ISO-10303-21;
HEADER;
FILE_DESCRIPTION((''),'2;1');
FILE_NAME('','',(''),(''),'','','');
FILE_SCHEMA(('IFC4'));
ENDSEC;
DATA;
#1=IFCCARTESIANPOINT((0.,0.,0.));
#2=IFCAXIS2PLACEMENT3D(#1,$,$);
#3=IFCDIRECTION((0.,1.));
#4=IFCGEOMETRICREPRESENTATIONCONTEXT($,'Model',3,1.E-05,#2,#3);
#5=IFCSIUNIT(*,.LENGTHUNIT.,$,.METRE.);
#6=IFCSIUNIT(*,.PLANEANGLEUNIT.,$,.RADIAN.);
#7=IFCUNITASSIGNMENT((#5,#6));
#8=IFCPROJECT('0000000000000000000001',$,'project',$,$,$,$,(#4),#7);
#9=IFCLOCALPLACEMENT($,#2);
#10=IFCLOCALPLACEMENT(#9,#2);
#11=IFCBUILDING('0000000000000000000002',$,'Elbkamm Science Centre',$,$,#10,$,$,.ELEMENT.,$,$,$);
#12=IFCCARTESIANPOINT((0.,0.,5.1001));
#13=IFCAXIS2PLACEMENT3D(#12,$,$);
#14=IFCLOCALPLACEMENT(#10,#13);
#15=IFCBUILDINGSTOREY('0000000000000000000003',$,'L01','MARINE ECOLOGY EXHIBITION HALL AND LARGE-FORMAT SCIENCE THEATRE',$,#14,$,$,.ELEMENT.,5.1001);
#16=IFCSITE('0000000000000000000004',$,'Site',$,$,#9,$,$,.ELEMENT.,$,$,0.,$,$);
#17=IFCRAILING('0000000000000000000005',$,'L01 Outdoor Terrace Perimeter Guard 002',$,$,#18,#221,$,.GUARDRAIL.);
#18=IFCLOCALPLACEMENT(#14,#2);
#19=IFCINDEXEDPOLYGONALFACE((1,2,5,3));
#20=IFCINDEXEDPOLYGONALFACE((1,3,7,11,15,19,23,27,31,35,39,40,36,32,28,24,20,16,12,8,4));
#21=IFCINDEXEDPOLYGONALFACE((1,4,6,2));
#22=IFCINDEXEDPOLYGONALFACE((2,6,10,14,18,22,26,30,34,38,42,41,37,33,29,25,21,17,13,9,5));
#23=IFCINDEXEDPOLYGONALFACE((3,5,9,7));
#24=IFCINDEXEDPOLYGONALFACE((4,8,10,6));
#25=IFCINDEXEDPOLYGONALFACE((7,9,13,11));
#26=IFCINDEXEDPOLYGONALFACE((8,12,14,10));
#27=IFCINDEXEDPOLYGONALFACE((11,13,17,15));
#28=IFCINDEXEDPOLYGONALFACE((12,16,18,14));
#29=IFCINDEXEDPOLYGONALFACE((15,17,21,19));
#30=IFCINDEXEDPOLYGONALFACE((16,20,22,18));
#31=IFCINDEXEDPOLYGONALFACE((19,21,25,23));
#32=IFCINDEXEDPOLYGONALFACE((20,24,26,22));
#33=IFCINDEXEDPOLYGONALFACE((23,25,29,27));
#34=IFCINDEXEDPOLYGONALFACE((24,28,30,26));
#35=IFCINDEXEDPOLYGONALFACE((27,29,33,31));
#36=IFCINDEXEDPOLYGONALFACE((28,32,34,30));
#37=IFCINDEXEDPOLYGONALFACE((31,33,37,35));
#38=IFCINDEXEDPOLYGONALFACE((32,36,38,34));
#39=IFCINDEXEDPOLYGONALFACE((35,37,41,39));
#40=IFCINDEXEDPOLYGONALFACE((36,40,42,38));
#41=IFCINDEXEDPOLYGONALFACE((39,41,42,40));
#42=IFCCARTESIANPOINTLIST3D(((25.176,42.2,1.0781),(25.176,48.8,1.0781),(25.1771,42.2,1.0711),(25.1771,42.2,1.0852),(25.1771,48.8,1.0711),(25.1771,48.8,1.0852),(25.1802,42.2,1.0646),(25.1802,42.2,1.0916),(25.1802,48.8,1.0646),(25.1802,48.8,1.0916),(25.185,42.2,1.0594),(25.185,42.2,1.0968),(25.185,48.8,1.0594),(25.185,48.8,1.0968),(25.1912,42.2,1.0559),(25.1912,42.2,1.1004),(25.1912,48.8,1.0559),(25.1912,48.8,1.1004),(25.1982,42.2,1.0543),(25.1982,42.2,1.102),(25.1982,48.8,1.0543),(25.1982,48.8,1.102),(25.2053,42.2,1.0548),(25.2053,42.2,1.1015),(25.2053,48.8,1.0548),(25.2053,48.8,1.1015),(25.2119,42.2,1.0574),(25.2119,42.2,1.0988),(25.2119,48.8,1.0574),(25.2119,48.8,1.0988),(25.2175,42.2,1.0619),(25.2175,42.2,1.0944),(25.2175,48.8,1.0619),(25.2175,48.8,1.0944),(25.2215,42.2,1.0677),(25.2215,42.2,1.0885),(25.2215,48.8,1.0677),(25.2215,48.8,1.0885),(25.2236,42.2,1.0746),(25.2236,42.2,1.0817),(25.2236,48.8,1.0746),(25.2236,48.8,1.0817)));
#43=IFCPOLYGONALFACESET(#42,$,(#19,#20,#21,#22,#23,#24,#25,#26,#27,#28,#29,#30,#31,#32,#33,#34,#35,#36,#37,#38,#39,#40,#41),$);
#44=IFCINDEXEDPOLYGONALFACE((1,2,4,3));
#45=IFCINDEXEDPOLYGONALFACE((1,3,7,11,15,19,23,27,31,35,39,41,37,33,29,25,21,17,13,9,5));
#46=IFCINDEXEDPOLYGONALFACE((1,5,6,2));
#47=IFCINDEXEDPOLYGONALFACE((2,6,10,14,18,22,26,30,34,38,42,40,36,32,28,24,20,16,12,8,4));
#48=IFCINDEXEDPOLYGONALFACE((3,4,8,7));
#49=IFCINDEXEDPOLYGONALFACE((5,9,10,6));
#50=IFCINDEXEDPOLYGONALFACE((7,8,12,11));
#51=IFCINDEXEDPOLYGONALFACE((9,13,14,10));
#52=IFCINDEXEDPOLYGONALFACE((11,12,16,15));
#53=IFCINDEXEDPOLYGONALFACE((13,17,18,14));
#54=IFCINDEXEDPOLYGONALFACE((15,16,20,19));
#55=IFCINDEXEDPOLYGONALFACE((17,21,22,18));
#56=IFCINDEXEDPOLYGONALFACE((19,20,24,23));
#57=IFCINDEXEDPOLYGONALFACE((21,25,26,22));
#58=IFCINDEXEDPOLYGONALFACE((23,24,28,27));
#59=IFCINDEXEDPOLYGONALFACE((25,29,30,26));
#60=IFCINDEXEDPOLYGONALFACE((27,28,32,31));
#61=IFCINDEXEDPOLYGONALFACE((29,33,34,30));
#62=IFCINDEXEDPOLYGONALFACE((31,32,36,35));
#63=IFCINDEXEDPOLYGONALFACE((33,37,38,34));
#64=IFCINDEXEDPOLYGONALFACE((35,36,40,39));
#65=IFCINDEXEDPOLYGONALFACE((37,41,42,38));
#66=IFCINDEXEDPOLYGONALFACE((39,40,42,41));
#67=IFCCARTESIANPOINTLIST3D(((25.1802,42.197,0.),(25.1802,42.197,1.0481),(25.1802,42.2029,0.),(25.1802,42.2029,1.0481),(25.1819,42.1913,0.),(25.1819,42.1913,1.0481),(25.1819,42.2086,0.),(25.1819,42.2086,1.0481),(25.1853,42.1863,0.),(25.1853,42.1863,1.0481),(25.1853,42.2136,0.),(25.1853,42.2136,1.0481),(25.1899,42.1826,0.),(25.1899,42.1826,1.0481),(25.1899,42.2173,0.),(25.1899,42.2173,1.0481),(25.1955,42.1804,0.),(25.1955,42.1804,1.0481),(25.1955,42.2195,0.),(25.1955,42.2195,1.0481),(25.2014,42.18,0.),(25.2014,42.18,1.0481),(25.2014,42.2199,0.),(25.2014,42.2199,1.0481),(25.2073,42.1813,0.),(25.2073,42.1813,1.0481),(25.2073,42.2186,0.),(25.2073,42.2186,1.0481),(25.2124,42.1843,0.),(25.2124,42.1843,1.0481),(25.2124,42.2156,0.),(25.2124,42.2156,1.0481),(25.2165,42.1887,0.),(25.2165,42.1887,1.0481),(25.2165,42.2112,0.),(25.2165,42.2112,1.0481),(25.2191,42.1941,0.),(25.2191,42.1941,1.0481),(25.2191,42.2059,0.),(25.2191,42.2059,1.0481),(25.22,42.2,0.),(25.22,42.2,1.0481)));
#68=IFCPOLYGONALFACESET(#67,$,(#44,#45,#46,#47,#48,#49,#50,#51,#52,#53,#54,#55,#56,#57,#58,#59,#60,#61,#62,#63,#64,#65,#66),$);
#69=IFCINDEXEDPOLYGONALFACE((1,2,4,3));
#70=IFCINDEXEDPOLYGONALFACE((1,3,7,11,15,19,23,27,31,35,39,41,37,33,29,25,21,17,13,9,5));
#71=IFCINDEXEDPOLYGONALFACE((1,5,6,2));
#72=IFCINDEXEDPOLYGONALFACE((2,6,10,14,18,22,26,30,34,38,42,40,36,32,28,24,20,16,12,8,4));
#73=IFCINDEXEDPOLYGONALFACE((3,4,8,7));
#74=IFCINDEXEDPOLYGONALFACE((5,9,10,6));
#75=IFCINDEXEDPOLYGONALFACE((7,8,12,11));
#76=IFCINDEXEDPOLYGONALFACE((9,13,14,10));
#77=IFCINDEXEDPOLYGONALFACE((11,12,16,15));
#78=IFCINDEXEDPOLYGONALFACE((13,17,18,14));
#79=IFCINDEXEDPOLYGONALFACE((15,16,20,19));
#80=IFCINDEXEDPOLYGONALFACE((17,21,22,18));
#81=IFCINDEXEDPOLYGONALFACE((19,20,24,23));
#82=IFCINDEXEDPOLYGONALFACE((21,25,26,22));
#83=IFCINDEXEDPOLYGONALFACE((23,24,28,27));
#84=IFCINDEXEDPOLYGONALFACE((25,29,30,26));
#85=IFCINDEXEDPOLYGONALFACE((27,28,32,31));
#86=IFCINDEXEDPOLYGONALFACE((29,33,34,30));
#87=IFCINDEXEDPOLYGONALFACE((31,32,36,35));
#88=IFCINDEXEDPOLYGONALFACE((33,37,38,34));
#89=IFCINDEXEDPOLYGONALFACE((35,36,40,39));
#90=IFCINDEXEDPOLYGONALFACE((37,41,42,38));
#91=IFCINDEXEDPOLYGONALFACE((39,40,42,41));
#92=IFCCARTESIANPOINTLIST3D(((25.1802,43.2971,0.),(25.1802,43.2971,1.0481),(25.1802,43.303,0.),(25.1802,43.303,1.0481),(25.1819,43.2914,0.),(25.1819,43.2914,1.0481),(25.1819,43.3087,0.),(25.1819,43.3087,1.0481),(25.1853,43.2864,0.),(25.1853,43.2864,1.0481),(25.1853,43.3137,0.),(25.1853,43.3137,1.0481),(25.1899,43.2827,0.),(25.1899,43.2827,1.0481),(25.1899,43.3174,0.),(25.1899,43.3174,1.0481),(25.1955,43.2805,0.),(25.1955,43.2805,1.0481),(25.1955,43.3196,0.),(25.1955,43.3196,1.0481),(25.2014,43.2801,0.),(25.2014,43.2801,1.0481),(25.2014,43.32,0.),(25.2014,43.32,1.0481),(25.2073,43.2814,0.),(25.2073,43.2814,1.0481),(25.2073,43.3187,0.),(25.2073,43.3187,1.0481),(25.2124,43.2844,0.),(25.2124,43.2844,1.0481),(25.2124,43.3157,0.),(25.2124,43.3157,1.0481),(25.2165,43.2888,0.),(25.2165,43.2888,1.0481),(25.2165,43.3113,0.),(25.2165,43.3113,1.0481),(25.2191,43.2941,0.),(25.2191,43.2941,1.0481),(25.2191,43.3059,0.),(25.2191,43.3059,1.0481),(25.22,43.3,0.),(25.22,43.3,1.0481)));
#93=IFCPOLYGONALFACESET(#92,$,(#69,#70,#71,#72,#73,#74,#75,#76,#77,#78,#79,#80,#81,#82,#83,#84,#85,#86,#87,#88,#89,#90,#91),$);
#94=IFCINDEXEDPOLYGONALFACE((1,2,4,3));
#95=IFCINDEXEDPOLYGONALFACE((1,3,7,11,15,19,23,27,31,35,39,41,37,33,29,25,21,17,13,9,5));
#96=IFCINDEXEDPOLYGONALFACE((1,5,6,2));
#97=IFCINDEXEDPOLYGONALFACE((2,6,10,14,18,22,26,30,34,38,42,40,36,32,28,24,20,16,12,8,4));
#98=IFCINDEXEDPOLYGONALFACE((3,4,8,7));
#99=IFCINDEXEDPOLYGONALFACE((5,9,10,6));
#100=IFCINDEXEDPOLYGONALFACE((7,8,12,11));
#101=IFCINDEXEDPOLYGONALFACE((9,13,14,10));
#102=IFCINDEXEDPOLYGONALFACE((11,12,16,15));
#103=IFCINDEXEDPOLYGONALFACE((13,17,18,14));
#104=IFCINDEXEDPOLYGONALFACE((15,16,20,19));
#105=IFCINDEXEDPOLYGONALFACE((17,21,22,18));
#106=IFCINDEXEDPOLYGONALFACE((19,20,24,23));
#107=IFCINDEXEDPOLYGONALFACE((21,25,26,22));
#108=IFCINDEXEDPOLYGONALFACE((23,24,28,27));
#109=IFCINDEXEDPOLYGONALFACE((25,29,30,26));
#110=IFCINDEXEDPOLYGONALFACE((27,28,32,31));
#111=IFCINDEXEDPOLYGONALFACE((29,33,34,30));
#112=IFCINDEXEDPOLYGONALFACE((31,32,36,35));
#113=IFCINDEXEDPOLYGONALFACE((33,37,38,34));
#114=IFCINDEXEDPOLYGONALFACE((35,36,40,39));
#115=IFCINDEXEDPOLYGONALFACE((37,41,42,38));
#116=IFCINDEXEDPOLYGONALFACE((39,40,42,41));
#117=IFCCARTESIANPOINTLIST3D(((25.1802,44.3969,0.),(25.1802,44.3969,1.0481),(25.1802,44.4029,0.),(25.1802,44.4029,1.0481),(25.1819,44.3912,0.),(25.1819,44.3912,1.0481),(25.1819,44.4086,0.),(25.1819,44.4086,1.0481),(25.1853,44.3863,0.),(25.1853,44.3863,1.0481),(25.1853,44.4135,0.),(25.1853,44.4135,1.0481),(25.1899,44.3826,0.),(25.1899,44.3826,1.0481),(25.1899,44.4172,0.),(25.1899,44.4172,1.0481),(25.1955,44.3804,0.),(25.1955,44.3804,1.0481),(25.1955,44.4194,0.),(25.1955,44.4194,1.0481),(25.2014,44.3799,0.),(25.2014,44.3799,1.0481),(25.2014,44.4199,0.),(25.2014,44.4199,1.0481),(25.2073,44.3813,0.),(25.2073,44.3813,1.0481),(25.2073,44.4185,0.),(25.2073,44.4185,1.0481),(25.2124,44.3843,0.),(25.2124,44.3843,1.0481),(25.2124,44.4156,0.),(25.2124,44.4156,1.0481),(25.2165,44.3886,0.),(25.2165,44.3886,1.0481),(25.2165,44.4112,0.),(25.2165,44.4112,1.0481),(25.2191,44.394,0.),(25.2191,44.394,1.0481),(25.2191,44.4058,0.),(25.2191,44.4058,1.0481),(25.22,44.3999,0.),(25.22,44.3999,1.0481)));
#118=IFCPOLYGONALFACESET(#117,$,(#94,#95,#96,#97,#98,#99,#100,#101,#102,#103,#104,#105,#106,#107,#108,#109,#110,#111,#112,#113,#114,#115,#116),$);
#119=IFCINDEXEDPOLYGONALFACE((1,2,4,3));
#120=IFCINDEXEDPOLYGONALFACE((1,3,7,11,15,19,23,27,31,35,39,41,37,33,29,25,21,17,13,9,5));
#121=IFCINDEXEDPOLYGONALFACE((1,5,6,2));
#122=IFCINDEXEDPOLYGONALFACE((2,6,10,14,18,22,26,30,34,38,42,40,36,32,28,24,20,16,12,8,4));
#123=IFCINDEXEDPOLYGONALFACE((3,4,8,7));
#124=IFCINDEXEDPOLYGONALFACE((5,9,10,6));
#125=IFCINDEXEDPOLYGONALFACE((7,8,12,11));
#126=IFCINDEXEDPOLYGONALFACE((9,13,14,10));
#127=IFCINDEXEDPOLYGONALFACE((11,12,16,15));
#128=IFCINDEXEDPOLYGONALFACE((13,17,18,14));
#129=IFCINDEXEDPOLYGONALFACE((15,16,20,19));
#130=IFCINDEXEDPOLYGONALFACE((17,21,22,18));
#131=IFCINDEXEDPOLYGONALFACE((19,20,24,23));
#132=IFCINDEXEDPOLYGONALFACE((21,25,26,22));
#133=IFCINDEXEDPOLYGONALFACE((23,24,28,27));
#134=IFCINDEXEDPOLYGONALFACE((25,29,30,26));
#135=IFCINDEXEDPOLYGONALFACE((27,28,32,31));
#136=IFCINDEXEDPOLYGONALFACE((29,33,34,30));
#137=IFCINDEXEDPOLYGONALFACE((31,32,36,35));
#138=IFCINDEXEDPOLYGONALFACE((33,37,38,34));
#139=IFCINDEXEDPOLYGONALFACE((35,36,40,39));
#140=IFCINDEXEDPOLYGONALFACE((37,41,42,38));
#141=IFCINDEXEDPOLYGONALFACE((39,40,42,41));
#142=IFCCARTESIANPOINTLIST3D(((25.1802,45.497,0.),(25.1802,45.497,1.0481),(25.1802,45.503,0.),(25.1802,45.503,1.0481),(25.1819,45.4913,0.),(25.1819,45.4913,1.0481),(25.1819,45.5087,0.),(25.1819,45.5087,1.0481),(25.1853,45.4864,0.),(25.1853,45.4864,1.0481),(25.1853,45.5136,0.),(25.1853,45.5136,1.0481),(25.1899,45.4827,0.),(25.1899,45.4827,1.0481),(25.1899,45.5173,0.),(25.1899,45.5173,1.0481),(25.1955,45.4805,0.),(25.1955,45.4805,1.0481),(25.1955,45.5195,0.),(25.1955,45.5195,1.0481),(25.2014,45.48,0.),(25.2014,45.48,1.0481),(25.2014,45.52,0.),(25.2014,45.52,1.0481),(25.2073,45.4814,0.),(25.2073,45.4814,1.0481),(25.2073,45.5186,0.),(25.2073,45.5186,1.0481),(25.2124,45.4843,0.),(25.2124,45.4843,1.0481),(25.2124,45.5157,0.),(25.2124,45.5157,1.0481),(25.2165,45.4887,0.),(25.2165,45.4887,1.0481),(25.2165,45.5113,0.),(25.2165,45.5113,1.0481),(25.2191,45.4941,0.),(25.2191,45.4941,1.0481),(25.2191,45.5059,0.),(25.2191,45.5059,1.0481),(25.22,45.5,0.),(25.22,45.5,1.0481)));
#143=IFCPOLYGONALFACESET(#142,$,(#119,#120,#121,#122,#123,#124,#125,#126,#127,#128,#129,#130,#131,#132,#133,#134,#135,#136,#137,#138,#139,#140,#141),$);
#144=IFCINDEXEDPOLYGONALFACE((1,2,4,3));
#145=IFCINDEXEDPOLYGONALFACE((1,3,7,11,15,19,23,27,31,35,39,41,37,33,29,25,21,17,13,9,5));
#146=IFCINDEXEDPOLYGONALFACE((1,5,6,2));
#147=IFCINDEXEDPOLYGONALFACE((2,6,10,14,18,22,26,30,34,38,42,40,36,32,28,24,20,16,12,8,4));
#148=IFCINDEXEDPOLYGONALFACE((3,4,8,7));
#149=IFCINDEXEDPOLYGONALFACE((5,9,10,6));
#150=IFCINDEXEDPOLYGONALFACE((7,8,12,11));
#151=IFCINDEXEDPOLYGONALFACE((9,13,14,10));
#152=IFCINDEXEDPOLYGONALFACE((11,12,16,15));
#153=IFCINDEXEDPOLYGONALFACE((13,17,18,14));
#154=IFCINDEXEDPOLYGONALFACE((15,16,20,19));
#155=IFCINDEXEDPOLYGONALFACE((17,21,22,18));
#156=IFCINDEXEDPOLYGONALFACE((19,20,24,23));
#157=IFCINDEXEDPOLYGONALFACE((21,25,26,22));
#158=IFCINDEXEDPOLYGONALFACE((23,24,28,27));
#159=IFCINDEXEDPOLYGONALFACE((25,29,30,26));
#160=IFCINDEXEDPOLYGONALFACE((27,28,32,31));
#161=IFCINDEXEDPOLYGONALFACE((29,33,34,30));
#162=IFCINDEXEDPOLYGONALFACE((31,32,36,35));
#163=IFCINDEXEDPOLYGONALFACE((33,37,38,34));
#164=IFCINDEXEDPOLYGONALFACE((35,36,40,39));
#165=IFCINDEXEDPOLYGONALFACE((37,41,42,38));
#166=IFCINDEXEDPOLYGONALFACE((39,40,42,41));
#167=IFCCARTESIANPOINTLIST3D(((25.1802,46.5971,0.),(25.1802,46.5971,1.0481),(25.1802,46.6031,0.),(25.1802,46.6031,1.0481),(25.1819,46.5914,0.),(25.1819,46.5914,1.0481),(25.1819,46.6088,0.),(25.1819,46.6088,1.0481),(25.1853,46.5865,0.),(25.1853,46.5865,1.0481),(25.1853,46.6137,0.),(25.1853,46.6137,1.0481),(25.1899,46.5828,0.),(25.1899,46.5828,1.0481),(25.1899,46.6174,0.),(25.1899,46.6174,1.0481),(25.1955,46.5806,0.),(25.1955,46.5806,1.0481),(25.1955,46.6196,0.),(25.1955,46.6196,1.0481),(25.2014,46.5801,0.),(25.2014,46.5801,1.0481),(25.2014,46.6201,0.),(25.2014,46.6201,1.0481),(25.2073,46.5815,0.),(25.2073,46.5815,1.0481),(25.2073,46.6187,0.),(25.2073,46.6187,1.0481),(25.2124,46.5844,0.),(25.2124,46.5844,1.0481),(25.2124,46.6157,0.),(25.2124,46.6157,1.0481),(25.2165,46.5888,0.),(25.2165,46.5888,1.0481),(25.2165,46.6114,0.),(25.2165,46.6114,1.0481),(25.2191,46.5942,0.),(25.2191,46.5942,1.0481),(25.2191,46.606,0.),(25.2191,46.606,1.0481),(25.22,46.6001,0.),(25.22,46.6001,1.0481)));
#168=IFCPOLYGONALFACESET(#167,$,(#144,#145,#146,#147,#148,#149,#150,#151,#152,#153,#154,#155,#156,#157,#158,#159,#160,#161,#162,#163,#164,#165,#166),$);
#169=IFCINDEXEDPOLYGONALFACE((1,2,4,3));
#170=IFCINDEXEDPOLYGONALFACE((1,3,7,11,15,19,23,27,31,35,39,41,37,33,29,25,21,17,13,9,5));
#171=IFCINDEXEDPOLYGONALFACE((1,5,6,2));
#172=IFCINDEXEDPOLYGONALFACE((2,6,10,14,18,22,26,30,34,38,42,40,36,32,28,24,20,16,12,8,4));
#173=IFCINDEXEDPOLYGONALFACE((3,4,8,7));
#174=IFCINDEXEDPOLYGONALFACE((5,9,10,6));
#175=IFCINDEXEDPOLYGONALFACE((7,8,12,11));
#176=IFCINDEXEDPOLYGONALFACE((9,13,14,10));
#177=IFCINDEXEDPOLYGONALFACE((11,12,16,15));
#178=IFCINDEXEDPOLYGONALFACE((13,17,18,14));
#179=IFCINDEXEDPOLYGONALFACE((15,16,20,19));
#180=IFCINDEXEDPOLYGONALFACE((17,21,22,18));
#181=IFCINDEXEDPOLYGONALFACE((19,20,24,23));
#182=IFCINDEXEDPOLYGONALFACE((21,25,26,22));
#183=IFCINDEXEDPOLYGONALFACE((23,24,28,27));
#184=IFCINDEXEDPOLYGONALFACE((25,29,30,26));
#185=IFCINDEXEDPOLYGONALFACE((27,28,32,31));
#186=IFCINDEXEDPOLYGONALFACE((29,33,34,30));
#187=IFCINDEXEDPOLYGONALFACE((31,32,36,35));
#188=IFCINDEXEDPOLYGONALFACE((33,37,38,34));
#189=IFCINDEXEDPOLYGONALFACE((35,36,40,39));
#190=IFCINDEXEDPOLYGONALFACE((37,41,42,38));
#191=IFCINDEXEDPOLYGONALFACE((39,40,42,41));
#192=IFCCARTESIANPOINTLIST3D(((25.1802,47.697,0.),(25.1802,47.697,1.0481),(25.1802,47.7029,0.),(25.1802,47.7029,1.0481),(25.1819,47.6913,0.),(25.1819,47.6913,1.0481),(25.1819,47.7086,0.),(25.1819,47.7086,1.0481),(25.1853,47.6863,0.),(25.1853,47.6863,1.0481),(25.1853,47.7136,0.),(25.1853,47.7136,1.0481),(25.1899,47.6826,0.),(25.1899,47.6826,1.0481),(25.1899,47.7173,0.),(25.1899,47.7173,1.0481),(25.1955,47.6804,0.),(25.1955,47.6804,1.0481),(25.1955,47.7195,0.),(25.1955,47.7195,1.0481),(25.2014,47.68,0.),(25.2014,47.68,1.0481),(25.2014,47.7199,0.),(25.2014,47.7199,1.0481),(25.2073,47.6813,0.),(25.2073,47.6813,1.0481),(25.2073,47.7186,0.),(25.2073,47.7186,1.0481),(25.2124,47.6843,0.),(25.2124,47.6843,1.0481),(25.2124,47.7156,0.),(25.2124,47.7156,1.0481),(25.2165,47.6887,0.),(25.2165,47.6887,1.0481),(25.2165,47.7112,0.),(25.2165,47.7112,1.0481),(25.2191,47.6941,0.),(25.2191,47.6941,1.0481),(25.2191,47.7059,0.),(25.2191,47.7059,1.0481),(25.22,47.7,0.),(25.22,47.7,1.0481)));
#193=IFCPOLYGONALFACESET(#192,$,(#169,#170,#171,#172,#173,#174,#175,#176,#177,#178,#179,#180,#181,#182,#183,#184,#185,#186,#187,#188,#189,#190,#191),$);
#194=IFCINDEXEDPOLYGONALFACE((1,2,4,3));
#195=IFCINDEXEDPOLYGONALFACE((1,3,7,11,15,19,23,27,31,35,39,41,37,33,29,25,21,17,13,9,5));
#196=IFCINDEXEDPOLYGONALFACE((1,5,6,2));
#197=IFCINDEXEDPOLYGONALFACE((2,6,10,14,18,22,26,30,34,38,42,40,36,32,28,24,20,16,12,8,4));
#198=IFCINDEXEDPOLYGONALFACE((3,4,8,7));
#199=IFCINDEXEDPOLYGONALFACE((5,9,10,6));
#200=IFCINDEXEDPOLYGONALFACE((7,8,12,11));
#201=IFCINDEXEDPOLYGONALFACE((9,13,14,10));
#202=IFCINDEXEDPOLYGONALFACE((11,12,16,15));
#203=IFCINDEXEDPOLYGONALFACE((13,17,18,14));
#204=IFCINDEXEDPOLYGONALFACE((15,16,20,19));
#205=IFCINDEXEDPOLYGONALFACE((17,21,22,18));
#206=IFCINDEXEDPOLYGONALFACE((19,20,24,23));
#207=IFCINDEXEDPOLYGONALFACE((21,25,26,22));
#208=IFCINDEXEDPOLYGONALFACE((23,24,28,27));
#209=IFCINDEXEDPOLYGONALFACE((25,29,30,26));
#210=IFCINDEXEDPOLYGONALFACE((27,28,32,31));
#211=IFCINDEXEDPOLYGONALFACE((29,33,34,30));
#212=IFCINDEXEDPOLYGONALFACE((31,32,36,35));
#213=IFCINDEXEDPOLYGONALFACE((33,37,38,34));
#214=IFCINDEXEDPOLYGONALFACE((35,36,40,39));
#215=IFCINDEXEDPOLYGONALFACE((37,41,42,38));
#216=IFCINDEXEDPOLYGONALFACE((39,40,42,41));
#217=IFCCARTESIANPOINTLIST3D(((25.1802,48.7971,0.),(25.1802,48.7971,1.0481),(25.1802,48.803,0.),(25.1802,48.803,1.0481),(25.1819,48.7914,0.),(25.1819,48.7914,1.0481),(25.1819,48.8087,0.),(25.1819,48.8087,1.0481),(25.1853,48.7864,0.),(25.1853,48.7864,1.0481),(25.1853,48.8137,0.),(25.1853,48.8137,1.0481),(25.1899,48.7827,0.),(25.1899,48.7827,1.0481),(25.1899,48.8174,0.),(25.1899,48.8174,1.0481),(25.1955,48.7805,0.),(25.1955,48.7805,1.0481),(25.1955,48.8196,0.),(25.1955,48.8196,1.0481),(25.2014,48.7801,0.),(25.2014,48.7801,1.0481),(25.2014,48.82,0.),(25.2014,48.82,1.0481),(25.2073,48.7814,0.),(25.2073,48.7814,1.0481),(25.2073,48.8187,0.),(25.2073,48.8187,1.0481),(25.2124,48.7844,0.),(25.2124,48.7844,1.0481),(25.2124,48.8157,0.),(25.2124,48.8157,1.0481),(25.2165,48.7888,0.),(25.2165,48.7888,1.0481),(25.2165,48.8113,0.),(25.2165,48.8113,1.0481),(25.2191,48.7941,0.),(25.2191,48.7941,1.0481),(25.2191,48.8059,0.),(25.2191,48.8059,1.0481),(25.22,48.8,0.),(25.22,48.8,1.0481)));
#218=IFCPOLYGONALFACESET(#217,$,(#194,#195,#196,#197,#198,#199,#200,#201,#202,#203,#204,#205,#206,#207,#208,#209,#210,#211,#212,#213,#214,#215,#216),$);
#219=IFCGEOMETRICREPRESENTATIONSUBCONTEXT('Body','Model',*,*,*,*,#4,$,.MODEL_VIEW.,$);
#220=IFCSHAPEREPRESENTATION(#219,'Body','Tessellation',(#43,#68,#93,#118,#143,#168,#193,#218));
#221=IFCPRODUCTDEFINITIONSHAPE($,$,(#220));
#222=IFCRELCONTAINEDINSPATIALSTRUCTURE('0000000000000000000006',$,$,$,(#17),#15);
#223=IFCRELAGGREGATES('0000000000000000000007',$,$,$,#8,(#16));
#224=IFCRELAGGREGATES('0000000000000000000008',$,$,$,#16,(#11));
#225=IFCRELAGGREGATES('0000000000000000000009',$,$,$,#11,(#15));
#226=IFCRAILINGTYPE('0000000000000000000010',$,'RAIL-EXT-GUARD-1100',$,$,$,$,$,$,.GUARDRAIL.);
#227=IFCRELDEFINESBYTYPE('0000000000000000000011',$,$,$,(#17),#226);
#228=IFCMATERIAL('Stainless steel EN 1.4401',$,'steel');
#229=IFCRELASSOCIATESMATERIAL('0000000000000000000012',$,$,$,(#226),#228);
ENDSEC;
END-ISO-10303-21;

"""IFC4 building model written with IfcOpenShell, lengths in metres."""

from ifc_helpers import new_model, si_unit, direction, frame, origin, origin_2d, place, context, subcontext, project, spatial, circle, extrude, material, type_object, element, save


model = new_model("IFC4")

# Units and contexts
model_context = context("Model", 3, precision=1e-05, world=origin(), true_north=direction((0.0, 1.0)))
body_context = subcontext(model_context, "Body", "Model", "MODEL_VIEW")
ifc_project = project(units=[si_unit("LENGTHUNIT", "METRE"), si_unit("PLANEANGLEUNIT", "RADIAN")], contexts=[model_context])

# Site, building, storey
site_placement = place(None, origin())
site = spatial("IfcSite", under=ifc_project, at=site_placement, Name="Site", CompositionType="ELEMENT", RefElevation=0.0)
building_placement = place(site_placement, origin())
building = spatial("IfcBuilding", under=site, at=building_placement, Name="Elbkamm Science Centre", CompositionType="ELEMENT")
storey_placement = place(building_placement, frame((0.0, 0.0, 5.1001)))
storey = spatial("IfcBuildingStorey", under=building, at=storey_placement, Name="L01", Description="MARINE ECOLOGY EXHIBITION HALL AND LARGE-FORMAT SCIENCE THEATRE", CompositionType="ELEMENT", Elevation=5.1001)

# Railing
ifc_material_1 = material(Name="Stainless steel EN 1.4401", Category="steel")
railing_type = type_object("IfcRailingType", Name="RAIL-EXT-GUARD-1100", PredefinedType="GUARDRAIL", material=ifc_material_1)
railing_1_placement = place(storey_placement, frame((25.2, 42.2, 0.0)))
element("IfcRailing", 1, at=railing_1_placement, inside=storey, type_object=railing_type, Name="L01 Outdoor Terrace Perimeter Guard 002", PredefinedType="GUARDRAIL", context=body_context, shape_type="SweptSolid", body=[
    extrude(circle(Radius=0.0239, at=origin_2d()), frame((0.0, 0.0, 1.0781), z_axis=(0.0, 1.0, 0.0), x_axis=(-1.0, 0.0, 0.0)), (0.0, 0.0, 1.0), 6.6001),
    extrude(circle(Radius=0.02, at=origin_2d()), origin(), (0.0, 0.0, 1.0), 1.0481),
    extrude(circle(Radius=0.02, at=origin_2d()), frame((0.0, 1.1001, 0.0)), (0.0, 0.0, 1.0), 1.0481),
    extrude(circle(Radius=0.02, at=origin_2d()), frame((0.0, 2.2, 0.0)), (0.0, 0.0, 1.0), 1.0481),
    extrude(circle(Radius=0.02, at=origin_2d()), frame((0.0, 3.3, 0.0)), (0.0, 0.0, 1.0), 1.0481),
    extrude(circle(Radius=0.02, at=origin_2d()), frame((0.0, 4.4001, 0.0)), (0.0, 0.0, 1.0), 1.0481),
    extrude(circle(Radius=0.02, at=origin_2d()), frame((0.0, 5.5, 0.0)), (0.0, 0.0, 1.0), 1.0481),
    extrude(circle(Radius=0.02, at=origin_2d()), frame((0.0, 6.6001, 0.0)), (0.0, 0.0, 1.0), 1.0481),
])

save(model, "model.ifc")
